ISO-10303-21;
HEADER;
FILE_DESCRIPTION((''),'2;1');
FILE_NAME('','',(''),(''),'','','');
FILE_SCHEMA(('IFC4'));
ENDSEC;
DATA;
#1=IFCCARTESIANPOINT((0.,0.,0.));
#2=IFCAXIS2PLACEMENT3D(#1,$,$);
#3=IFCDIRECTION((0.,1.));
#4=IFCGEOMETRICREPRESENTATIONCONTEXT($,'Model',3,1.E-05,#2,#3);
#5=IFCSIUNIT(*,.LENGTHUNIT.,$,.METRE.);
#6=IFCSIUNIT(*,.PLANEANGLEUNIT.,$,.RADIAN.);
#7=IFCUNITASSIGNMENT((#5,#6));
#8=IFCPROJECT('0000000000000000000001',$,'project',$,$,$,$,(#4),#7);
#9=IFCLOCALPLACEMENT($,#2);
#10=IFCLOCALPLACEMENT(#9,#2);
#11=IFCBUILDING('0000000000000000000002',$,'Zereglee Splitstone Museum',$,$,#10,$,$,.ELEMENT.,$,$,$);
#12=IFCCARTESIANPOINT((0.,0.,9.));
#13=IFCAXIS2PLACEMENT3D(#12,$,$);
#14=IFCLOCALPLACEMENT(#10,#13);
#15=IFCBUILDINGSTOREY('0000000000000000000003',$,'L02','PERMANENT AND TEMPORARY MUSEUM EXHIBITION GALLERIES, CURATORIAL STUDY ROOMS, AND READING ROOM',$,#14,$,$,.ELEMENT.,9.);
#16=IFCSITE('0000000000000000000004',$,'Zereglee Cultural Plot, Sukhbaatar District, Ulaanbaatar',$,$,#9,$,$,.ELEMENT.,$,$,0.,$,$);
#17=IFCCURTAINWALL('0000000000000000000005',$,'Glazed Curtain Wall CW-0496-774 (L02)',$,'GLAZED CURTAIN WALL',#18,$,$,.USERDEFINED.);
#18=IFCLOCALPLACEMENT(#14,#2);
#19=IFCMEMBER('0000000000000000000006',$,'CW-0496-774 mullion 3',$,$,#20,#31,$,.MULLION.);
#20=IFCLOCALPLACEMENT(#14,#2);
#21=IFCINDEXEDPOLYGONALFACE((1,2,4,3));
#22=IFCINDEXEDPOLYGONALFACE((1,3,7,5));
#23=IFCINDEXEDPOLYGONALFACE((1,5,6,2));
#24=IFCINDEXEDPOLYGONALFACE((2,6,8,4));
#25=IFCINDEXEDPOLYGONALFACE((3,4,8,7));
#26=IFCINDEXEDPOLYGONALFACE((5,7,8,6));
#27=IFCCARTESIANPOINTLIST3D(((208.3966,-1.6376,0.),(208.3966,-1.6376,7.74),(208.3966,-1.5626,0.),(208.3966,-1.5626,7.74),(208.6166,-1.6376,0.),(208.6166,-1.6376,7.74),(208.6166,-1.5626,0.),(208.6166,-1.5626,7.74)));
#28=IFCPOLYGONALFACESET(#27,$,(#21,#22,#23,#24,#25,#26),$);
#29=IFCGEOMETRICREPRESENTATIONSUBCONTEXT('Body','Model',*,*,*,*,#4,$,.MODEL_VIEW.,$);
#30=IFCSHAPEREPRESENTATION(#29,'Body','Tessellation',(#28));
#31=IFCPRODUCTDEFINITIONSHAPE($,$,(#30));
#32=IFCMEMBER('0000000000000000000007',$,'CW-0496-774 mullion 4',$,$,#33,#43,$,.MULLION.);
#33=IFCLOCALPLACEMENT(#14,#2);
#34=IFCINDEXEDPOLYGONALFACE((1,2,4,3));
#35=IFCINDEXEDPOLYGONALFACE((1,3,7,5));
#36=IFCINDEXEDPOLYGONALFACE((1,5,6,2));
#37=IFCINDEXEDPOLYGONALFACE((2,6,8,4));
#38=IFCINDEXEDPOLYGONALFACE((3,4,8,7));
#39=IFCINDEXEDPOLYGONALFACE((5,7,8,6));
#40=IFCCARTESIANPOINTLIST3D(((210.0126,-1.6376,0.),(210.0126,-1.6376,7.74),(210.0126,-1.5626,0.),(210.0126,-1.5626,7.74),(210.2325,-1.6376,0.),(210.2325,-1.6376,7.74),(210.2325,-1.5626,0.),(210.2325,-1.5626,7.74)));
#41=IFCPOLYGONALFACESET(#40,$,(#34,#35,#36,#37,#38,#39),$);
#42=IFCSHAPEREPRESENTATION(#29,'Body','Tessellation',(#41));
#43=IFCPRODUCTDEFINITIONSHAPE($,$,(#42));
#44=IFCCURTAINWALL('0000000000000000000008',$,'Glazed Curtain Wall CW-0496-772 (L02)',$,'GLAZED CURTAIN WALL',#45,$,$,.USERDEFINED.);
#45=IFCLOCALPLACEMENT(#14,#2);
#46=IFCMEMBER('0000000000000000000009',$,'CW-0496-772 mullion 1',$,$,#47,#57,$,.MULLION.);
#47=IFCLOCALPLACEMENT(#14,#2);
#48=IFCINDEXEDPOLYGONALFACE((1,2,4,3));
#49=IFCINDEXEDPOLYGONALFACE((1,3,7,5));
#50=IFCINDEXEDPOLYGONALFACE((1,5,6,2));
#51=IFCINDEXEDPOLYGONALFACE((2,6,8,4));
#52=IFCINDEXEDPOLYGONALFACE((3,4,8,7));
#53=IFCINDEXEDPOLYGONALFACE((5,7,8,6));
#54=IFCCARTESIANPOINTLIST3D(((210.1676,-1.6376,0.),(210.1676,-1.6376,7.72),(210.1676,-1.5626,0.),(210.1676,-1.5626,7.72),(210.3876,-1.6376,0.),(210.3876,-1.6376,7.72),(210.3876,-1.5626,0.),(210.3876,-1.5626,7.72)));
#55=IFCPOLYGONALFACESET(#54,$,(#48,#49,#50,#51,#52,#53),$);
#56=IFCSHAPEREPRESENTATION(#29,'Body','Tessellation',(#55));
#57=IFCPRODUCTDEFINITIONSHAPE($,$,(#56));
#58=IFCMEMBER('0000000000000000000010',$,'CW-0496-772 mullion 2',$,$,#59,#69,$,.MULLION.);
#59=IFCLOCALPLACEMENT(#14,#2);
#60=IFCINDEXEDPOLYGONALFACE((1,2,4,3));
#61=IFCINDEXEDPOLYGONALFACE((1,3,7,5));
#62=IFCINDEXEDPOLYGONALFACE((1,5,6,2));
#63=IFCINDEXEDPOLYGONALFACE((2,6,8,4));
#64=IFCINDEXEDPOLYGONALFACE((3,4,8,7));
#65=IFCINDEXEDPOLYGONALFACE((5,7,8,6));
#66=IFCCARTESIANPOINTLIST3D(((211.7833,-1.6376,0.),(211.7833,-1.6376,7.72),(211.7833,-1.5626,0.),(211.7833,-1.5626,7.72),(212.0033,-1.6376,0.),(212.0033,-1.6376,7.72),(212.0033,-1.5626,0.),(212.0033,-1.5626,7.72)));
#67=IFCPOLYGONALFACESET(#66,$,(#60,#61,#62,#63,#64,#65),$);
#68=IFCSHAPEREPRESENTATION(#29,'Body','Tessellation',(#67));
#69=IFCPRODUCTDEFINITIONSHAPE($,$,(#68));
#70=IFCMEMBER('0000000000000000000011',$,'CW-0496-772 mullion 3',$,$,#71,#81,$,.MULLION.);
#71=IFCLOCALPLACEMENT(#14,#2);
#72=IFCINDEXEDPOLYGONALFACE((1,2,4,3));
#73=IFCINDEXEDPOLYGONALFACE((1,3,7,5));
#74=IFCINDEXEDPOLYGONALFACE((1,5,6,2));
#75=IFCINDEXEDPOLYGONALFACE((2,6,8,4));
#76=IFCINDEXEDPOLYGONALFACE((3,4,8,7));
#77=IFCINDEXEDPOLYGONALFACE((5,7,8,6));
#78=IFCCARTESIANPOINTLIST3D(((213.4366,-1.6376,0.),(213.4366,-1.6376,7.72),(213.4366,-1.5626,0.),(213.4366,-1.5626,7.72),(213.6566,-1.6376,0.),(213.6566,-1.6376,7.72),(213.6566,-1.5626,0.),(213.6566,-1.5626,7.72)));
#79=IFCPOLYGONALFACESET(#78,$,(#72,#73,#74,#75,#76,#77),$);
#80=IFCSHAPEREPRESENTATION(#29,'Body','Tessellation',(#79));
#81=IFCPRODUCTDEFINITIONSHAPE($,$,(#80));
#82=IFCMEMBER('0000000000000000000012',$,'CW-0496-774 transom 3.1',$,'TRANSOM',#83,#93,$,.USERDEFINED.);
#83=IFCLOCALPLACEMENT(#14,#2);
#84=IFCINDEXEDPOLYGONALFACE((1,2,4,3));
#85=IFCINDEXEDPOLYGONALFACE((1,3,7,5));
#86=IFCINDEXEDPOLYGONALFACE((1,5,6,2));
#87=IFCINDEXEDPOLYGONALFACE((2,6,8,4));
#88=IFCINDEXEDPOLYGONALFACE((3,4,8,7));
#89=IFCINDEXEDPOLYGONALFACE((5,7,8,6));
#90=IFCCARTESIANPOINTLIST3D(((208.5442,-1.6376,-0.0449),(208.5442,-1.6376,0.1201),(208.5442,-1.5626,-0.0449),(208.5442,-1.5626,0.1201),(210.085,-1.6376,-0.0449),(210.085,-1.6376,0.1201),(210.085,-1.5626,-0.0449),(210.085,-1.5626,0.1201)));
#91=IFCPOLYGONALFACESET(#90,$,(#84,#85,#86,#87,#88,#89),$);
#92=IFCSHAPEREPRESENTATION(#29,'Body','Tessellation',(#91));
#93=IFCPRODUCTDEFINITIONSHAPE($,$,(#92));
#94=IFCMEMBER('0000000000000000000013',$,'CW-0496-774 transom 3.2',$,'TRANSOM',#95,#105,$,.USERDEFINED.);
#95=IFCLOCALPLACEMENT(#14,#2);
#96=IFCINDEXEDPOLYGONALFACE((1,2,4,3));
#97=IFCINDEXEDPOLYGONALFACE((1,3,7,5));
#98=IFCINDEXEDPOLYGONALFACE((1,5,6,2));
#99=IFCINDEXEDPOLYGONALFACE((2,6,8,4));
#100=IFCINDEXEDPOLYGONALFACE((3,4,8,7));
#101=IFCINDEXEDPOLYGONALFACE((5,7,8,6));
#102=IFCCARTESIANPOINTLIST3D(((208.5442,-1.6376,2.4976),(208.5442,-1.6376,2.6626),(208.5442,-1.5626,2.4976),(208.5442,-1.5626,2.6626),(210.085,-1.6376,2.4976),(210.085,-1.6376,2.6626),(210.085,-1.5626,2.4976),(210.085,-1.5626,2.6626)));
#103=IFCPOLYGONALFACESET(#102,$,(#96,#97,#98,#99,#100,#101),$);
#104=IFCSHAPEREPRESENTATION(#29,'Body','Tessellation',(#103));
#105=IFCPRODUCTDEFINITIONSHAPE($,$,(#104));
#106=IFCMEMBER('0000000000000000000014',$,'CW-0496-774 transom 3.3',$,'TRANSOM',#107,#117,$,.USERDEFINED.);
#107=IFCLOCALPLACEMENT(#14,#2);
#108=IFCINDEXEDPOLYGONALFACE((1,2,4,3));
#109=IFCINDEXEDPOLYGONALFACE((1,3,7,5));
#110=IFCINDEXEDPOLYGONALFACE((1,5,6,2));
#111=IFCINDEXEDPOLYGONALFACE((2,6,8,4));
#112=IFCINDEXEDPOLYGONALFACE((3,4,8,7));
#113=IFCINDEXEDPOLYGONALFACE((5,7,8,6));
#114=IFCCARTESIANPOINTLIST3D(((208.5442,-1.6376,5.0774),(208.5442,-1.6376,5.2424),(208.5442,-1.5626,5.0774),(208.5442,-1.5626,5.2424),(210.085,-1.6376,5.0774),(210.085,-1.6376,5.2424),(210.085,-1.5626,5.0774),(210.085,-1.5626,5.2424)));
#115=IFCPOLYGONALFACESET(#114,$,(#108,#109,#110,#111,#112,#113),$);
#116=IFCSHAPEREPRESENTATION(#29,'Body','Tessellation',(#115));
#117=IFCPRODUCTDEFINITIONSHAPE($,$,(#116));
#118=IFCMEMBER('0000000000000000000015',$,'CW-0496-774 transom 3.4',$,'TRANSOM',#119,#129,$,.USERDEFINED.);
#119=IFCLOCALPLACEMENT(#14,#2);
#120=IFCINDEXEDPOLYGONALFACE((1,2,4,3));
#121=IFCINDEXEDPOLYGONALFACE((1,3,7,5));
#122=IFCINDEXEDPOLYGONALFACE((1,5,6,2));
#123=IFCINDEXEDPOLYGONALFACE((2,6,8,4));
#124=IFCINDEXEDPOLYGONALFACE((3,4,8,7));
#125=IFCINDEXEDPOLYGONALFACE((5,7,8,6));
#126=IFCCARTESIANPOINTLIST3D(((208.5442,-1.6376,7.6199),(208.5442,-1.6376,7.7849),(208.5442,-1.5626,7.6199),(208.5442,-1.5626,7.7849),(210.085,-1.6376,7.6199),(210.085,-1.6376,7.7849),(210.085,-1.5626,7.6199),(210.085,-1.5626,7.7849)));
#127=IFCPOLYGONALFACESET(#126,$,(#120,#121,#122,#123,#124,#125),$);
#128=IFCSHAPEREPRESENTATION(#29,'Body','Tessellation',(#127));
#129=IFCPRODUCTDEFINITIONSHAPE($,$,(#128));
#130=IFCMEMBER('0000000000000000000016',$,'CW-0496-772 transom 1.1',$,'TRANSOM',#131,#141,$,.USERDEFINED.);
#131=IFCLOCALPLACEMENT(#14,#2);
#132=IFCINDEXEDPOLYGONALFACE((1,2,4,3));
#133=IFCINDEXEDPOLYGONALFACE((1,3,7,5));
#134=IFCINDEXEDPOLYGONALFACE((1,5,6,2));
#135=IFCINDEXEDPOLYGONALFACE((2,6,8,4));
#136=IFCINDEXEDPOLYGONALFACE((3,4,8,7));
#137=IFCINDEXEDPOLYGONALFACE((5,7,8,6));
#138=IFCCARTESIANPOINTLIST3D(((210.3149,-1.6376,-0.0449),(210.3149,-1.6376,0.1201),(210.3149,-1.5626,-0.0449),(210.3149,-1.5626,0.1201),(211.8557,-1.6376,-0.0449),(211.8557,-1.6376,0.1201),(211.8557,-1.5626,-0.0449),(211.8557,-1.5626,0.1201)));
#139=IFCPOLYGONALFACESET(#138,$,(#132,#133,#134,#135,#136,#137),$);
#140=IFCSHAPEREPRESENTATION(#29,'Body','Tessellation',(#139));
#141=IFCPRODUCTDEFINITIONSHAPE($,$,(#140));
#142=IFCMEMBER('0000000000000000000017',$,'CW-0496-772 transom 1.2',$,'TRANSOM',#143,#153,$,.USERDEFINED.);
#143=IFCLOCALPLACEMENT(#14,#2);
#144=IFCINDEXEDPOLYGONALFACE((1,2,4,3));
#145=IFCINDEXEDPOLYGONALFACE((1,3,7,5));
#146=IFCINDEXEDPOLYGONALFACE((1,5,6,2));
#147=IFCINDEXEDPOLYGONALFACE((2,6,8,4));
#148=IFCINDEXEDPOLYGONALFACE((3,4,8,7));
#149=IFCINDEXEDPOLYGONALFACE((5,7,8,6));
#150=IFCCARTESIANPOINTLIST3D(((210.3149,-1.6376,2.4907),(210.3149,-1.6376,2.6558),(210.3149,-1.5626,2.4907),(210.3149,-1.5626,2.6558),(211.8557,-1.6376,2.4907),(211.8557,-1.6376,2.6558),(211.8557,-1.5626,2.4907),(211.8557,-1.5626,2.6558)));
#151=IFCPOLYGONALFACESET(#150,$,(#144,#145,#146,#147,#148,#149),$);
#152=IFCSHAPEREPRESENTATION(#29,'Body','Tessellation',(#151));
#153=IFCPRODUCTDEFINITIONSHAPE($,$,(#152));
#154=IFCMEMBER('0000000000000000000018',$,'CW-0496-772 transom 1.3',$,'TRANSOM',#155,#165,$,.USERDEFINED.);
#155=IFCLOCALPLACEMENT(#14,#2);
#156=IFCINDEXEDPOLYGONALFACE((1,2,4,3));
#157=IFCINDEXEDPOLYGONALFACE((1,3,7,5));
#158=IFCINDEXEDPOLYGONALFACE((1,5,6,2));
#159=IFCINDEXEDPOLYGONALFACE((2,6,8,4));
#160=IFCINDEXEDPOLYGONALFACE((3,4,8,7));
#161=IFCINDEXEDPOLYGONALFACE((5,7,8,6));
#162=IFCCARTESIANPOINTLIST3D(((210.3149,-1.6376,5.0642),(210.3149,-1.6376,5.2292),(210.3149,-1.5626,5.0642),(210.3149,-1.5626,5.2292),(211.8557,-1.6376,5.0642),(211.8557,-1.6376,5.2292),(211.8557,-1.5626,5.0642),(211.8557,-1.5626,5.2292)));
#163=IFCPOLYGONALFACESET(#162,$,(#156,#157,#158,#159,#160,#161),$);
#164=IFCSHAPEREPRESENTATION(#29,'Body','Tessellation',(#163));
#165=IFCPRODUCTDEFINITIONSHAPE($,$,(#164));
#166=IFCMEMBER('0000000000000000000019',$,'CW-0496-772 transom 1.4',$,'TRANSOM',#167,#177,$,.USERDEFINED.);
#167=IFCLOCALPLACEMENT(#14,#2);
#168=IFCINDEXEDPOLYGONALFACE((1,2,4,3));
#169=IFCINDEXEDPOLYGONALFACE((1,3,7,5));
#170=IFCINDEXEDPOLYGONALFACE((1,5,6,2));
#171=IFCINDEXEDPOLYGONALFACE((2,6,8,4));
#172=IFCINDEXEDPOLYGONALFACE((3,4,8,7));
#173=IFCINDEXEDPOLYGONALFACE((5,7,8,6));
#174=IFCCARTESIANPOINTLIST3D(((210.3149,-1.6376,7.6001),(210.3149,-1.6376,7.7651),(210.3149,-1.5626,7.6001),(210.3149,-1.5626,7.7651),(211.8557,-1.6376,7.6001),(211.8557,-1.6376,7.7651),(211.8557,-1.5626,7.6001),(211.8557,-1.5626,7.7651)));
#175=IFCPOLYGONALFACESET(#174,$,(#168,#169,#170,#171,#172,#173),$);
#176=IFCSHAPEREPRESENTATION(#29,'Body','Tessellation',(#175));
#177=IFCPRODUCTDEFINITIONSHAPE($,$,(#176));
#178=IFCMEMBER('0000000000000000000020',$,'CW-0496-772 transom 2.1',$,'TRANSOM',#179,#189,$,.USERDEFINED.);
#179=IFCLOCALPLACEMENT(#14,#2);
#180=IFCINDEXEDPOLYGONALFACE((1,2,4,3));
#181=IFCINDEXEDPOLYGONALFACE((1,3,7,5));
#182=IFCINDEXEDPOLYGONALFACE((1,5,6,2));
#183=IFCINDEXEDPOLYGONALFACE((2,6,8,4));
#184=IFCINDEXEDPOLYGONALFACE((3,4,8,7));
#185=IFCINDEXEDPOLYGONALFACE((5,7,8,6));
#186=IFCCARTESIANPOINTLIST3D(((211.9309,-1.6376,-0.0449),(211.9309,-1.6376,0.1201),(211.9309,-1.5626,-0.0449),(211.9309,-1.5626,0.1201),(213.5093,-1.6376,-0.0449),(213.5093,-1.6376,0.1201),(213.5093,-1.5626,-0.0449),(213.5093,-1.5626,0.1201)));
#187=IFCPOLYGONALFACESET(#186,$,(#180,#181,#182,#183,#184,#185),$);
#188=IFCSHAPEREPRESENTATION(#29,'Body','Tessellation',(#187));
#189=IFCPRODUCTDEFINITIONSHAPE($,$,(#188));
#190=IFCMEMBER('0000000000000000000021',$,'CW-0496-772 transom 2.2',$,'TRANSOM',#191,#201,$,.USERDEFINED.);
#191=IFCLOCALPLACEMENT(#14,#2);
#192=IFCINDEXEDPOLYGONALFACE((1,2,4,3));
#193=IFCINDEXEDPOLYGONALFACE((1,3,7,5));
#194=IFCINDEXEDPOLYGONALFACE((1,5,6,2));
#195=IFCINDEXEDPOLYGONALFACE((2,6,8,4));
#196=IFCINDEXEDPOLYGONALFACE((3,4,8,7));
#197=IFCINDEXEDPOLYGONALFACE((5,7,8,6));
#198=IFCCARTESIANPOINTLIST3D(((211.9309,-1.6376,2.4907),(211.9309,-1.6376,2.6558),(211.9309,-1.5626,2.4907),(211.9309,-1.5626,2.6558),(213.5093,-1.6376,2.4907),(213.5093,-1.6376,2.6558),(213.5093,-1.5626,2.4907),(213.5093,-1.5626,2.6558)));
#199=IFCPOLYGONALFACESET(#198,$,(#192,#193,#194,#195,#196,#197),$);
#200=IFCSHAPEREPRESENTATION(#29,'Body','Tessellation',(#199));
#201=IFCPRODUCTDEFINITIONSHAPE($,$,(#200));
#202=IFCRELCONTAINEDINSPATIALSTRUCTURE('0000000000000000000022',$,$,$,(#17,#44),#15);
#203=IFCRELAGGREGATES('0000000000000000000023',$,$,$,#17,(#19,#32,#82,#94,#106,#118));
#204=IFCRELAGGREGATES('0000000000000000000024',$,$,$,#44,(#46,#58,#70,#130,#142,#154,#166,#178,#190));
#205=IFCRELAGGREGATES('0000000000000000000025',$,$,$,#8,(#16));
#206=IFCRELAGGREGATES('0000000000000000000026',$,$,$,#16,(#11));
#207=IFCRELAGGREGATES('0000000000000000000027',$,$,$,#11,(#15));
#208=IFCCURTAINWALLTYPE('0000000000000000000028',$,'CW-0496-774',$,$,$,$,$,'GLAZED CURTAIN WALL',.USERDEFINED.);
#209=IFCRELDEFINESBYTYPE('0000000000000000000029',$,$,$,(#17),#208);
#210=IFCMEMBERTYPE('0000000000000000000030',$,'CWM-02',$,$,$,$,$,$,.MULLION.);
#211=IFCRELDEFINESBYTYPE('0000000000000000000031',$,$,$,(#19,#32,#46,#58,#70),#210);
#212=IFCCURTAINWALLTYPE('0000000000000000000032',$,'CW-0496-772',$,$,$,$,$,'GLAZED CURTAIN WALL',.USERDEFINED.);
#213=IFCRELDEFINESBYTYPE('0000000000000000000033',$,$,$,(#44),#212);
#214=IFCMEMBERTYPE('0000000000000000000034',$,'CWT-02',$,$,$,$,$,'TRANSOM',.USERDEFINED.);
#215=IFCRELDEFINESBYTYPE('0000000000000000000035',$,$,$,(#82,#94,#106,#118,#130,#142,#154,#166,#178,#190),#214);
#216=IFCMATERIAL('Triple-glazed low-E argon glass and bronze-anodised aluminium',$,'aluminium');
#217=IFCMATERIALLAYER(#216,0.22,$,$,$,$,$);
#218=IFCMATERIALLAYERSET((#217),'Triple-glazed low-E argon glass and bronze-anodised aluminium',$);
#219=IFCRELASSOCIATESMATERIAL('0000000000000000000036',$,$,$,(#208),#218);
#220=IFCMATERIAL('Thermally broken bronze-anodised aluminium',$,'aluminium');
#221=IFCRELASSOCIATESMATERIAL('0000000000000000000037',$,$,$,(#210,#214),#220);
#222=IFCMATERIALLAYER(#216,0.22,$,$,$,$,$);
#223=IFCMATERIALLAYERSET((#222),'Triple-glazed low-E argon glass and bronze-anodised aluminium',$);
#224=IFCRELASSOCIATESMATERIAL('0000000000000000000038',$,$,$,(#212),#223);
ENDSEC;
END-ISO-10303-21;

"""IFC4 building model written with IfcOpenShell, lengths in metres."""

from ifc_helpers import new_model, si_unit, direction, frame, origin, origin_2d, place, context, subcontext, project, spatial, rectangle, extrude, material, layer, layer_set, material_profile, profile_set, type_object, element, aggregate, save


model = new_model("IFC4")

# Units and contexts
model_context = context("Model", 3, precision=1e-05, world=origin(), true_north=direction((0.0, 1.0)))
body_context = subcontext(model_context, "Body", "Model", "MODEL_VIEW")
ifc_project = project(units=[si_unit("LENGTHUNIT", "METRE"), si_unit("PLANEANGLEUNIT", "RADIAN")], contexts=[model_context])

# Site, building, storey
site_placement = place(None, origin())
site = spatial("IfcSite", under=ifc_project, at=site_placement, Name="Zereglee Cultural Plot, Sukhbaatar District, Ulaanbaatar", CompositionType="ELEMENT", RefElevation=0.0)
building_placement = place(site_placement, origin())
building = spatial("IfcBuilding", under=site, at=building_placement, Name="Zereglee Splitstone Museum", CompositionType="ELEMENT")
storey_placement = place(building_placement, frame((0.0, 0.0, 9.0)))
storey = spatial("IfcBuildingStorey", under=building, at=storey_placement, Name="L02", Description="PERMANENT AND TEMPORARY MUSEUM EXHIBITION GALLERIES, CURATORIAL STUDY ROOMS, AND READING ROOM", CompositionType="ELEMENT", Elevation=9.0)

# Curtain walls, members
ifc_material_1 = material(Name="Triple-glazed low-E argon glass and bronze-anodised aluminium", Category="aluminium")
ifc_layer_1 = layer(ifc_material_1, 0.22)
ifc_layer_set_1 = layer_set([ifc_layer_1], Name="Triple-glazed low-E argon glass and bronze-anodised aluminium")
curtain_wall_type_1 = type_object("IfcCurtainWallType", Name="CW-0496-774", ElementType="GLAZED CURTAIN WALL", PredefinedType="USERDEFINED", material=ifc_layer_set_1)
curtain_wall_1_placement = place(storey_placement, origin())
curtain_wall_1 = element("IfcCurtainWall", 1, at=curtain_wall_1_placement, inside=storey, type_object=curtain_wall_type_1, Name="Glazed Curtain Wall CW-0496-774 (L02)", ObjectType="GLAZED CURTAIN WALL", PredefinedType="USERDEFINED")
ifc_material_2 = material(Name="Thermally broken bronze-anodised aluminium", Category="aluminium")
ifc_material_profile_1 = material_profile(ifc_material_2, rectangle(XDim=0.075, YDim=0.22, at=origin_2d()), Name="CW MULL 75x220")
ifc_profile_set_1 = profile_set([ifc_material_profile_1], Name="Thermally broken bronze-anodised aluminium")
member_type_1 = type_object("IfcMemberType", Name="CWM-02", PredefinedType="MULLION", material=ifc_profile_set_1)
member_1_placement = place(storey_placement, frame((208.5066, -1.6001, 0.0), z_axis=(0.0, 0.0, 1.0), x_axis=(0.0, 1.0, 0.0)))
member_1 = element("IfcMember", 2, at=member_1_placement, type_object=member_type_1, Name="CW-0496-774 mullion 3", PredefinedType="MULLION", context=body_context, shape_type="SweptSolid", body=[
    extrude(rectangle(XDim=0.075, YDim=0.22, at=origin_2d()), origin(), (0.0, 0.0, 1.0), 7.74),
])
member_2_placement = place(storey_placement, frame((210.1226, -1.6001, 0.0), z_axis=(0.0, 0.0, 1.0), x_axis=(0.0, 1.0, 0.0)))
member_2 = element("IfcMember", 3, at=member_2_placement, type_object=member_type_1, Name="CW-0496-774 mullion 4", PredefinedType="MULLION", context=body_context, shape_type="SweptSolid", body=[
    extrude(rectangle(XDim=0.075, YDim=0.22, at=origin_2d()), origin(), (0.0, 0.0, 1.0), 7.74),
])
ifc_layer_2 = layer(ifc_material_1, 0.22)
ifc_layer_set_2 = layer_set([ifc_layer_2], Name="Triple-glazed low-E argon glass and bronze-anodised aluminium")
curtain_wall_type_2 = type_object("IfcCurtainWallType", Name="CW-0496-772", ElementType="GLAZED CURTAIN WALL", PredefinedType="USERDEFINED", material=ifc_layer_set_2)
curtain_wall_2_placement = place(storey_placement, origin())
curtain_wall_2 = element("IfcCurtainWall", 4, at=curtain_wall_2_placement, inside=storey, type_object=curtain_wall_type_2, Name="Glazed Curtain Wall CW-0496-772 (L02)", ObjectType="GLAZED CURTAIN WALL", PredefinedType="USERDEFINED")
member_3_placement = place(storey_placement, frame((210.2776, -1.6001, 0.0), z_axis=(0.0, 0.0, 1.0), x_axis=(0.0, 1.0, 0.0)))
member_3 = element("IfcMember", 5, at=member_3_placement, type_object=member_type_1, Name="CW-0496-772 mullion 1", PredefinedType="MULLION", context=body_context, shape_type="SweptSolid", body=[
    extrude(rectangle(XDim=0.075, YDim=0.22, at=origin_2d()), origin(), (0.0, 0.0, 1.0), 7.72),
])
member_4_placement = place(storey_placement, frame((211.8933, -1.6001, 0.0), z_axis=(0.0, 0.0, 1.0), x_axis=(0.0, 1.0, 0.0)))
member_4 = element("IfcMember", 6, at=member_4_placement, type_object=member_type_1, Name="CW-0496-772 mullion 2", PredefinedType="MULLION", context=body_context, shape_type="SweptSolid", body=[
    extrude(rectangle(XDim=0.075, YDim=0.22, at=origin_2d()), origin(), (0.0, 0.0, 1.0), 7.72),
])
member_5_placement = place(storey_placement, frame((213.5466, -1.6001, 0.0), z_axis=(0.0, 0.0, 1.0), x_axis=(0.0, 1.0, 0.0)))
member_5 = element("IfcMember", 7, at=member_5_placement, type_object=member_type_1, Name="CW-0496-772 mullion 3", PredefinedType="MULLION", context=body_context, shape_type="SweptSolid", body=[
    extrude(rectangle(XDim=0.075, YDim=0.22, at=origin_2d()), origin(), (0.0, 0.0, 1.0), 7.72),
])

# Members
ifc_material_profile_2 = material_profile(ifc_material_2, rectangle(XDim=0.075, YDim=0.165, at=origin_2d()), Name="CW TRAN 75x165")
ifc_profile_set_2 = profile_set([ifc_material_profile_2], Name="Thermally broken bronze-anodised aluminium")
member_type_2 = type_object("IfcMemberType", Name="CWT-02", ElementType="TRANSOM", PredefinedType="USERDEFINED", material=ifc_profile_set_2)
member_6_placement = place(storey_placement, frame((208.5442, -1.6001, 0.0376), z_axis=(1.0, 0.0, 0.0), x_axis=(0.0, 1.0, 0.0)))
member_6 = element("IfcMember", 8, at=member_6_placement, type_object=member_type_2, Name="CW-0496-774 transom 3.1", ObjectType="TRANSOM", PredefinedType="USERDEFINED", context=body_context, shape_type="SweptSolid", body=[
    extrude(rectangle(XDim=0.075, YDim=0.165, at=origin_2d()), origin(), (0.0, 0.0, 1.0), 1.5408),
])
member_7_placement = place(storey_placement, frame((208.5442, -1.6001, 2.5801), z_axis=(1.0, 0.0, 0.0), x_axis=(0.0, 1.0, 0.0)))
member_7 = element("IfcMember", 9, at=member_7_placement, type_object=member_type_2, Name="CW-0496-774 transom 3.2", ObjectType="TRANSOM", PredefinedType="USERDEFINED", context=body_context, shape_type="SweptSolid", body=[
    extrude(rectangle(XDim=0.075, YDim=0.165, at=origin_2d()), origin(), (0.0, 0.0, 1.0), 1.5408),
])
member_8_placement = place(storey_placement, frame((208.5442, -1.6001, 5.1599), z_axis=(1.0, 0.0, 0.0), x_axis=(0.0, 1.0, 0.0)))
member_8 = element("IfcMember", 10, at=member_8_placement, type_object=member_type_2, Name="CW-0496-774 transom 3.3", ObjectType="TRANSOM", PredefinedType="USERDEFINED", context=body_context, shape_type="SweptSolid", body=[
    extrude(rectangle(XDim=0.075, YDim=0.165, at=origin_2d()), origin(), (0.0, 0.0, 1.0), 1.5408),
])
member_9_placement = place(storey_placement, frame((208.5442, -1.6001, 7.7024), z_axis=(1.0, 0.0, 0.0), x_axis=(0.0, 1.0, 0.0)))
member_9 = element("IfcMember", 11, at=member_9_placement, type_object=member_type_2, Name="CW-0496-774 transom 3.4", ObjectType="TRANSOM", PredefinedType="USERDEFINED", context=body_context, shape_type="SweptSolid", body=[
    extrude(rectangle(XDim=0.075, YDim=0.165, at=origin_2d()), origin(), (0.0, 0.0, 1.0), 1.5408),
])
member_10_placement = place(storey_placement, frame((210.3149, -1.6001, 0.0376), z_axis=(1.0, 0.0, 0.0), x_axis=(0.0, 1.0, 0.0)))
member_10 = element("IfcMember", 12, at=member_10_placement, type_object=member_type_2, Name="CW-0496-772 transom 1.1", ObjectType="TRANSOM", PredefinedType="USERDEFINED", context=body_context, shape_type="SweptSolid", body=[
    extrude(rectangle(XDim=0.075, YDim=0.165, at=origin_2d()), origin(), (0.0, 0.0, 1.0), 1.5408),
])
member_11_placement = place(storey_placement, frame((210.3149, -1.6001, 2.5732), z_axis=(1.0, 0.0, 0.0), x_axis=(0.0, 1.0, 0.0)))
member_11 = element("IfcMember", 13, at=member_11_placement, type_object=member_type_2, Name="CW-0496-772 transom 1.2", ObjectType="TRANSOM", PredefinedType="USERDEFINED", context=body_context, shape_type="SweptSolid", body=[
    extrude(rectangle(XDim=0.075, YDim=0.165, at=origin_2d()), origin(), (0.0, 0.0, 1.0), 1.5408),
])
member_12_placement = place(storey_placement, frame((210.3149, -1.6001, 5.1467), z_axis=(1.0, 0.0, 0.0), x_axis=(0.0, 1.0, 0.0)))
member_12 = element("IfcMember", 14, at=member_12_placement, type_object=member_type_2, Name="CW-0496-772 transom 1.3", ObjectType="TRANSOM", PredefinedType="USERDEFINED", context=body_context, shape_type="SweptSolid", body=[
    extrude(rectangle(XDim=0.075, YDim=0.165, at=origin_2d()), origin(), (0.0, 0.0, 1.0), 1.5408),
])
member_13_placement = place(storey_placement, frame((210.3149, -1.6001, 7.6826), z_axis=(1.0, 0.0, 0.0), x_axis=(0.0, 1.0, 0.0)))
member_13 = element("IfcMember", 15, at=member_13_placement, type_object=member_type_2, Name="CW-0496-772 transom 1.4", ObjectType="TRANSOM", PredefinedType="USERDEFINED", context=body_context, shape_type="SweptSolid", body=[
    extrude(rectangle(XDim=0.075, YDim=0.165, at=origin_2d()), origin(), (0.0, 0.0, 1.0), 1.5408),
])
member_14_placement = place(storey_placement, frame((211.9309, -1.6001, 0.0376), z_axis=(1.0, 0.0, 0.0), x_axis=(0.0, 1.0, 0.0)))
member_14 = element("IfcMember", 16, at=member_14_placement, type_object=member_type_2, Name="CW-0496-772 transom 2.1", ObjectType="TRANSOM", PredefinedType="USERDEFINED", context=body_context, shape_type="SweptSolid", body=[
    extrude(rectangle(XDim=0.075, YDim=0.165, at=origin_2d()), origin(), (0.0, 0.0, 1.0), 1.5784),
])
member_15_placement = place(storey_placement, frame((211.9309, -1.6001, 2.5732), z_axis=(1.0, 0.0, 0.0), x_axis=(0.0, 1.0, 0.0)))
member_15 = element("IfcMember", 17, at=member_15_placement, type_object=member_type_2, Name="CW-0496-772 transom 2.2", ObjectType="TRANSOM", PredefinedType="USERDEFINED", context=body_context, shape_type="SweptSolid", body=[
    extrude(rectangle(XDim=0.075, YDim=0.165, at=origin_2d()), origin(), (0.0, 0.0, 1.0), 1.5784),
])

aggregate(curtain_wall_1, [member_1, member_2, member_6, member_7, member_8, member_9])
aggregate(curtain_wall_2, [member_3, member_4, member_5, member_10, member_11, member_12, member_13, member_14, member_15])

save(model, "model.ifc")
